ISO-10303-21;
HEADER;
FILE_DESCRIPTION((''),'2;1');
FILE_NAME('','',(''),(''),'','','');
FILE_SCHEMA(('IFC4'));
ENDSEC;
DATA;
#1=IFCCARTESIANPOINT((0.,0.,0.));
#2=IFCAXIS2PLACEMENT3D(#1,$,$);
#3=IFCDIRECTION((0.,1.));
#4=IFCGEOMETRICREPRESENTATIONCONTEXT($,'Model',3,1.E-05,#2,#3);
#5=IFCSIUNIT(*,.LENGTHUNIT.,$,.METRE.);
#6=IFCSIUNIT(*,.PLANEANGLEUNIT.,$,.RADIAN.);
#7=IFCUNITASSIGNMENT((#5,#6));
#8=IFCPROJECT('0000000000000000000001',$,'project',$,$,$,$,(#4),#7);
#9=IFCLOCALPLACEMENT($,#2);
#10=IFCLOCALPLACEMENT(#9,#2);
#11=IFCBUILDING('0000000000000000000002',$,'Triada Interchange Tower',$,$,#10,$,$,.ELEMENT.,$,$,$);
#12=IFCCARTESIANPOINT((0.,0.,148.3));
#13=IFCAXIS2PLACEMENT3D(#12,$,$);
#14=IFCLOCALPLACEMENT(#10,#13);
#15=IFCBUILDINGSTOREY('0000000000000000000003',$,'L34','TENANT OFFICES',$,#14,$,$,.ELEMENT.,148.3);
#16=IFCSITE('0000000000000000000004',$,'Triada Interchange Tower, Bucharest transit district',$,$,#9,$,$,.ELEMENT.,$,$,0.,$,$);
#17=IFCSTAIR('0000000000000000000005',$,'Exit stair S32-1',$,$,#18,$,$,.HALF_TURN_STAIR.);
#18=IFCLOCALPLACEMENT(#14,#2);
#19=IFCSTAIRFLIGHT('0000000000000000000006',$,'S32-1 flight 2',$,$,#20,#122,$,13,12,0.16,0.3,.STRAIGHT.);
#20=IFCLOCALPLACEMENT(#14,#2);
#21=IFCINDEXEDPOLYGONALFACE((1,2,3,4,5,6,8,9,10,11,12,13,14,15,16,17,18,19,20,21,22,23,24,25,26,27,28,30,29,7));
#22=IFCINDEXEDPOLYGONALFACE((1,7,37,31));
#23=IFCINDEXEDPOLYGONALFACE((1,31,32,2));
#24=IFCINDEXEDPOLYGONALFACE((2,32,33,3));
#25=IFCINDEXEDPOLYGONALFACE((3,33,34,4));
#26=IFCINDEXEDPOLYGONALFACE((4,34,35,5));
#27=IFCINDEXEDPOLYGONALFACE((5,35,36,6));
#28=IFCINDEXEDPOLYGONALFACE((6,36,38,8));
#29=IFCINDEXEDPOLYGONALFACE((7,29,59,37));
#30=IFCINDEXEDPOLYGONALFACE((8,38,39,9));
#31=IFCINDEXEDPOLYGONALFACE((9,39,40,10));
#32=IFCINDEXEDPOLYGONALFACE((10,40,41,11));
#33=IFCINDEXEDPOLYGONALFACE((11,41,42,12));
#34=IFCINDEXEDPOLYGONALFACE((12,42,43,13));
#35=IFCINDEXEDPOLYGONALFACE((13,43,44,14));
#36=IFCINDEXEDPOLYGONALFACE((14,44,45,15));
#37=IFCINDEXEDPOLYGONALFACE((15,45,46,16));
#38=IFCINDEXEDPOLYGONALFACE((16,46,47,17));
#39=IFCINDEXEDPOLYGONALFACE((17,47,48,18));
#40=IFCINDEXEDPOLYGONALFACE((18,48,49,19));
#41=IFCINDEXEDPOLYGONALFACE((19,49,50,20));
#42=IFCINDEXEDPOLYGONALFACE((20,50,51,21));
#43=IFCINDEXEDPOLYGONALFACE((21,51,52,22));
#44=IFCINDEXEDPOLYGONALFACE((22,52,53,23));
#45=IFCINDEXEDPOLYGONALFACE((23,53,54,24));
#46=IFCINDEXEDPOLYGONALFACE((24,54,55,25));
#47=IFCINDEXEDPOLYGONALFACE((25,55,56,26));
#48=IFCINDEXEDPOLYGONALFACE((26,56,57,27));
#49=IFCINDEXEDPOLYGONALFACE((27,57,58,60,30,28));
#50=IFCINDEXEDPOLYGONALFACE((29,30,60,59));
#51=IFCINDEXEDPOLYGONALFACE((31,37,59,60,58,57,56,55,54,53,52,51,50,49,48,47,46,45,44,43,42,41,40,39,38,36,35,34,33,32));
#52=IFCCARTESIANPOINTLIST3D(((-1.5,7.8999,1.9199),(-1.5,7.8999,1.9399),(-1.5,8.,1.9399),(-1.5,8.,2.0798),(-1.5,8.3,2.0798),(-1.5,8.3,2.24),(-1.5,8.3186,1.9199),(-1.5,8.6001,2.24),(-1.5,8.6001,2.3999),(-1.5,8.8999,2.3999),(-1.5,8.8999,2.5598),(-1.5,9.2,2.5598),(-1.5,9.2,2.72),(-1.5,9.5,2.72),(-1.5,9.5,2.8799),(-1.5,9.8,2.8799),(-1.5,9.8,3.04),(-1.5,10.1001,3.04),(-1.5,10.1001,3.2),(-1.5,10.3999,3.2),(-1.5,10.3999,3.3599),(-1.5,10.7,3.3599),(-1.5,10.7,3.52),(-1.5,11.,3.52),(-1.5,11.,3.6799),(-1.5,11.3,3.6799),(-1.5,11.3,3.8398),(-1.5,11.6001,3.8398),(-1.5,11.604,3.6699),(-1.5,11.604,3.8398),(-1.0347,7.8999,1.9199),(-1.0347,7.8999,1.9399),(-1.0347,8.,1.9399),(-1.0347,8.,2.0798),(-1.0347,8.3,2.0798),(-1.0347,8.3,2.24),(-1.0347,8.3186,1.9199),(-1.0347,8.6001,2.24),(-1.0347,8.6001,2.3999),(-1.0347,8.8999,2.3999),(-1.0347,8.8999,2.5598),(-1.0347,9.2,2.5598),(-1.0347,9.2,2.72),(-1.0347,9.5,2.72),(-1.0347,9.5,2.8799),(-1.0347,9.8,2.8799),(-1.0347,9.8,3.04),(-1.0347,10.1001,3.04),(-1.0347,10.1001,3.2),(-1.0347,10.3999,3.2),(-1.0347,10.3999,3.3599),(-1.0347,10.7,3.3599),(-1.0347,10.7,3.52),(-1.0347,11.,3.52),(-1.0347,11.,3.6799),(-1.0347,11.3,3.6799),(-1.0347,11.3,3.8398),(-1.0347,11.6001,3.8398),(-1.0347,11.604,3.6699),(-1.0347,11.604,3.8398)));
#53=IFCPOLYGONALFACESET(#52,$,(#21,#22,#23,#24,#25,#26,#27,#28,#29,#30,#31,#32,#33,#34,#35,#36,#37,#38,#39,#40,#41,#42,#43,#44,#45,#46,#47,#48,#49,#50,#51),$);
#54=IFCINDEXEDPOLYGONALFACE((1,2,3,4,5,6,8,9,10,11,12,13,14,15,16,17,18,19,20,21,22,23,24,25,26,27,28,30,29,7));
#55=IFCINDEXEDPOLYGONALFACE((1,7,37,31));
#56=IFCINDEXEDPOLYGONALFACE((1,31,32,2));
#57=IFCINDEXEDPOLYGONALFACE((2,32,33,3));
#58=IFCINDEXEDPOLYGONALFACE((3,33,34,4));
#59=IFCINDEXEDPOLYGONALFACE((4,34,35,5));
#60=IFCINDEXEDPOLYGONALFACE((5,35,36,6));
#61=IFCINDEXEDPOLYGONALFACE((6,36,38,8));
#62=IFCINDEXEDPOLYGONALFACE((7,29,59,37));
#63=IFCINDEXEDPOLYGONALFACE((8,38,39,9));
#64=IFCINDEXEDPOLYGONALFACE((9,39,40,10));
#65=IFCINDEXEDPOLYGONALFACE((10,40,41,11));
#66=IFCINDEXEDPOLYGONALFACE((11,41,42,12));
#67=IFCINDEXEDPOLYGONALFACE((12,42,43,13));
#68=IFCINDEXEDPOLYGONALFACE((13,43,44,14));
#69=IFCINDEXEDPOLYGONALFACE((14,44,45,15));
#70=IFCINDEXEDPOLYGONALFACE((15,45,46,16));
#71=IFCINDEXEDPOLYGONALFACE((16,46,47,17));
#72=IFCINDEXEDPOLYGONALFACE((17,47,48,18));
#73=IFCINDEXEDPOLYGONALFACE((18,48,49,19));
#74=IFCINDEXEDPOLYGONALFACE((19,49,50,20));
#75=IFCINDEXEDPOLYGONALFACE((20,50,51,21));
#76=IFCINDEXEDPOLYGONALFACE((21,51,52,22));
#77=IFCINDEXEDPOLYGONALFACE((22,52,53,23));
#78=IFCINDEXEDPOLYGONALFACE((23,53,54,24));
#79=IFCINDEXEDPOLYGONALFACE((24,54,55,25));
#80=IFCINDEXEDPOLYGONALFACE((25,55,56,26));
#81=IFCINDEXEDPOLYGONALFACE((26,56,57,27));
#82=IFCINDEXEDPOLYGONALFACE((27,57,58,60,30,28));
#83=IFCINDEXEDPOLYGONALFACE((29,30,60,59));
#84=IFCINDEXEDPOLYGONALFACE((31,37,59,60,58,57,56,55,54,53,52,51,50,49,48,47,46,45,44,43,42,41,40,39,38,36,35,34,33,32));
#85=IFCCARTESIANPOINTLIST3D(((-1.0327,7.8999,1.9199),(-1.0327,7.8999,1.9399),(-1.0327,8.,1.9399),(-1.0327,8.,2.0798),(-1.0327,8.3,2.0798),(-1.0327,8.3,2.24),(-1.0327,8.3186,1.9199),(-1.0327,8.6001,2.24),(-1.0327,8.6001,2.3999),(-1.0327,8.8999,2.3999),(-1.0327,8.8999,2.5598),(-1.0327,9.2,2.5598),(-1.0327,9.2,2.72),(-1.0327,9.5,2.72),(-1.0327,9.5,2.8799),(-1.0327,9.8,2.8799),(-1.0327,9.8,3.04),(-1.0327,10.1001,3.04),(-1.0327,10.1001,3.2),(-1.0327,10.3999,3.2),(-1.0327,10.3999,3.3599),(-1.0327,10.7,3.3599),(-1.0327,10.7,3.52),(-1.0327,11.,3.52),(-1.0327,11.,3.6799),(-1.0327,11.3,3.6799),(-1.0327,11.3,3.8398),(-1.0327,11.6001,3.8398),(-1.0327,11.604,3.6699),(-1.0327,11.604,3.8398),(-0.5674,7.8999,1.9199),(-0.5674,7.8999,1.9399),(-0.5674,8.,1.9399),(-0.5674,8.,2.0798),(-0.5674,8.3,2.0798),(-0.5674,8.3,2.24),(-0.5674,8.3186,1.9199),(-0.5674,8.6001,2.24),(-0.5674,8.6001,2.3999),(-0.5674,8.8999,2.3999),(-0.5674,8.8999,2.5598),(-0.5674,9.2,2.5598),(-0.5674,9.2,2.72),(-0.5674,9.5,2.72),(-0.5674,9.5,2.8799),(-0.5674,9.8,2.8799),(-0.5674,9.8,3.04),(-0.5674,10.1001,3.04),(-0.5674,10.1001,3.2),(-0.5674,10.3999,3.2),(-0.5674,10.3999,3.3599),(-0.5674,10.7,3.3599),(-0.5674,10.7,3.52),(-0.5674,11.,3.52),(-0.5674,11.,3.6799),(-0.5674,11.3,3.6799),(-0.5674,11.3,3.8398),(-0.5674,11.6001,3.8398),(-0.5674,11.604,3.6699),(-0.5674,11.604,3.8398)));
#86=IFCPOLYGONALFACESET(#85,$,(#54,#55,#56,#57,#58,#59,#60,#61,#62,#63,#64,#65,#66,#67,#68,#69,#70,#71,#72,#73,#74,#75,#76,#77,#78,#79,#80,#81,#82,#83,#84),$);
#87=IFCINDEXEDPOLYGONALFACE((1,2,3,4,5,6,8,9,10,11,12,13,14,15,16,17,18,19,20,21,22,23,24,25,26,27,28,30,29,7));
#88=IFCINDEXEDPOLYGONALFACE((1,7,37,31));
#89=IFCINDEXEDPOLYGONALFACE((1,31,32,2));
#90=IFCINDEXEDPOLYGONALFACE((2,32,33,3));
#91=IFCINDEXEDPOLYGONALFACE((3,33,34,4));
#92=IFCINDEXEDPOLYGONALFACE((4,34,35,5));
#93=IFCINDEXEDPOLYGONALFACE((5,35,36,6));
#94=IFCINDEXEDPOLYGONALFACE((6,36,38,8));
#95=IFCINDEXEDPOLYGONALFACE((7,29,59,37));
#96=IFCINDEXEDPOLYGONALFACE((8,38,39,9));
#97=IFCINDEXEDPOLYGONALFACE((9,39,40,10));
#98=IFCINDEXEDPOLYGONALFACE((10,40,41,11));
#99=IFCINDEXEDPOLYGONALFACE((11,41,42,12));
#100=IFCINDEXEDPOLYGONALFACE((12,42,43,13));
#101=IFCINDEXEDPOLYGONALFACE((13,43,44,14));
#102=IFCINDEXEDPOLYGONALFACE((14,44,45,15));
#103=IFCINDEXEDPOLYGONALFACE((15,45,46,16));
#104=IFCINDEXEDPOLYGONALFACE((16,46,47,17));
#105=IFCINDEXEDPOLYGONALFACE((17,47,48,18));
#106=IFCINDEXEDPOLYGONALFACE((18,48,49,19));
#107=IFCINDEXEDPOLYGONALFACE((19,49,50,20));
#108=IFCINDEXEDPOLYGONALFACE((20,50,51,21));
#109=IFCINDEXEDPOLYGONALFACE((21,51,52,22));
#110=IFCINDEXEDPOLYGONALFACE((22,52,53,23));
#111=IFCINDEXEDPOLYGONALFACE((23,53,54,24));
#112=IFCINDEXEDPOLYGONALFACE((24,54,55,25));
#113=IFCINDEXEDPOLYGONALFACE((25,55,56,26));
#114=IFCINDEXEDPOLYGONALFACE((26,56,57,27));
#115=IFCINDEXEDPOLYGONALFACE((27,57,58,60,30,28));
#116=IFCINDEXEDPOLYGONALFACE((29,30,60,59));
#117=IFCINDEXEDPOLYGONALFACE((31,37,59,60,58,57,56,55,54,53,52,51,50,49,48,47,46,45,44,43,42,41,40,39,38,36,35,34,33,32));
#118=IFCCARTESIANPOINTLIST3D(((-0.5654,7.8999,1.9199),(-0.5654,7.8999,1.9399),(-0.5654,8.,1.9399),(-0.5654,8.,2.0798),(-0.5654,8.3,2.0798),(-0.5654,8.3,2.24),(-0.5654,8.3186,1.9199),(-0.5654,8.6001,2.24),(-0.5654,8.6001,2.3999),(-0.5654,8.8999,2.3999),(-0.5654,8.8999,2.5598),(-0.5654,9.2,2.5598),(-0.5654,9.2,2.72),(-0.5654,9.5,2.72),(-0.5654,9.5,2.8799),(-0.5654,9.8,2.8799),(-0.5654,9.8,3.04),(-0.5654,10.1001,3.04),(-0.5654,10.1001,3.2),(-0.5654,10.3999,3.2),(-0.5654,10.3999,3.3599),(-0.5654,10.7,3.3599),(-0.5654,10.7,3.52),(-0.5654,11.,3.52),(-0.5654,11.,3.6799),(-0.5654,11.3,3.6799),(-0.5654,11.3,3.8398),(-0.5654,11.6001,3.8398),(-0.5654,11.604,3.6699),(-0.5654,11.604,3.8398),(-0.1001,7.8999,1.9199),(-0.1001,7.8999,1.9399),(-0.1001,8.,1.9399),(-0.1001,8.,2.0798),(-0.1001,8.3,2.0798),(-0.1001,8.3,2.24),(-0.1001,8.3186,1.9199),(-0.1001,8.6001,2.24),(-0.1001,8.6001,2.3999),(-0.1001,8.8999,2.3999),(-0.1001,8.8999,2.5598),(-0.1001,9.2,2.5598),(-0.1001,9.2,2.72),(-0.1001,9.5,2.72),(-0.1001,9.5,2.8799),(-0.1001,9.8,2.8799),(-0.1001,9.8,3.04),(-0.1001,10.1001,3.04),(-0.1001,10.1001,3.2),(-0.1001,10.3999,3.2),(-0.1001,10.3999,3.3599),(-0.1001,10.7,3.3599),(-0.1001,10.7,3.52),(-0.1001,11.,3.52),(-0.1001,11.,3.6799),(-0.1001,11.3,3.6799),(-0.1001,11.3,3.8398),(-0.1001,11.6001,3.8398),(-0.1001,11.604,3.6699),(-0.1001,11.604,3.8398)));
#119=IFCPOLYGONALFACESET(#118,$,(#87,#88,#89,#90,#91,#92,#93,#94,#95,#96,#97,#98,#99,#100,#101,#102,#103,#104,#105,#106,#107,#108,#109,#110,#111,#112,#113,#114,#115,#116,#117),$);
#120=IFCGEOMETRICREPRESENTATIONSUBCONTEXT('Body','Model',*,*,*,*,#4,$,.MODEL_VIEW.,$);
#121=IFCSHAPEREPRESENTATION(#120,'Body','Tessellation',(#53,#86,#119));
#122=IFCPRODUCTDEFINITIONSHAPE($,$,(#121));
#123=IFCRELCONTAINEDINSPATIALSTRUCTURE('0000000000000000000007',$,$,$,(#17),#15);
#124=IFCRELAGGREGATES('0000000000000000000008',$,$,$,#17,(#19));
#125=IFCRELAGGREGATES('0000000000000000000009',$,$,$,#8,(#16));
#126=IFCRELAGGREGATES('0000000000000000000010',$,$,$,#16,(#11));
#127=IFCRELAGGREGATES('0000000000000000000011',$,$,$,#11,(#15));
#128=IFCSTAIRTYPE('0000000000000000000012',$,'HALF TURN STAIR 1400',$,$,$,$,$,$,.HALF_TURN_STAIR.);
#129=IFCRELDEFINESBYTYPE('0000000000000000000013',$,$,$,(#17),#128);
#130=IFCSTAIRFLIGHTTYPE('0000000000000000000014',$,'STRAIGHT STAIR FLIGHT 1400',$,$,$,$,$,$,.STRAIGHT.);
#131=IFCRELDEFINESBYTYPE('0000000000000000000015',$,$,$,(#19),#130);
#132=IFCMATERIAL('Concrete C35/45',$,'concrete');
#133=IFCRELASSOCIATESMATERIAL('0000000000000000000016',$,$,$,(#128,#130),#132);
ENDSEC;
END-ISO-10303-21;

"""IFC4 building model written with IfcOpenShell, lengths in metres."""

from ifc_helpers import new_model, si_unit, direction, frame, origin, place, context, subcontext, project, spatial, polyline, outline, extrude, material, type_object, element, aggregate, save


model = new_model("IFC4")

# Units and contexts
model_context = context("Model", 3, precision=1e-05, world=origin(), true_north=direction((0.0, 1.0)))
body_context = subcontext(model_context, "Body", "Model", "MODEL_VIEW")
ifc_project = project(units=[si_unit("LENGTHUNIT", "METRE"), si_unit("PLANEANGLEUNIT", "RADIAN")], contexts=[model_context])

# Site, building, storey
site_placement = place(None, origin())
site = spatial("IfcSite", under=ifc_project, at=site_placement, Name="Triada Interchange Tower, Bucharest transit district", CompositionType="ELEMENT", RefElevation=0.0)
building_placement = place(site_placement, origin())
building = spatial("IfcBuilding", under=site, at=building_placement, Name="Triada Interchange Tower", CompositionType="ELEMENT")
storey_placement = place(building_placement, frame((0.0, 0.0, 148.3)))
storey = spatial("IfcBuildingStorey", under=building, at=storey_placement, Name="L34", Description="TENANT OFFICES", CompositionType="ELEMENT", Elevation=148.3)

# Stair, stair flight
ifc_material_1 = material(Name="Concrete C35/45", Category="concrete")
stair_type = type_object("IfcStairType", Name="HALF TURN STAIR 1400", PredefinedType="HALF_TURN_STAIR", material=ifc_material_1)
stair_placement = place(storey_placement, origin())
stair = element("IfcStair", 1, at=stair_placement, inside=storey, type_object=stair_type, Name="Exit stair S32-1", PredefinedType="HALF_TURN_STAIR")
stair_flight_type = type_object("IfcStairFlightType", Name="STRAIGHT STAIR FLIGHT 1400", PredefinedType="STRAIGHT", material=ifc_material_1)
stair_flight_placement = place(storey_placement, frame((-0.8, 8.0, 1.9199), z_axis=(0.0, 0.0, 1.0), x_axis=(0.0, 1.0, 0.0)))
stair_flight = element("IfcStairFlight", 2, at=stair_flight_placement, type_object=stair_flight_type, Name="S32-1 flight 2", NumberOfRisers=13, NumberOfTreads=12, PredefinedType="STRAIGHT", RiserHeight=0.16, TreadLength=0.3, context=body_context, shape_type="SweptSolid", body=[
    extrude(outline(polyline([(-0.1001, 0.0), (-0.1001, 0.02), (0.0, 0.02), (0.0, 0.1599), (0.3, 0.1599), (0.3, 0.3201), (0.6001, 0.3201), (0.6001, 0.48), (0.8999, 0.48), (0.8999, 0.6399), (1.2, 0.6399), (1.2, 0.8), (1.5, 0.8), (1.5, 0.96), (1.8, 0.96), (1.8, 1.1201), (2.1001, 1.1201), (2.1001, 1.28), (2.3999, 1.28), (2.3999, 1.4399), (2.7, 1.4399), (2.7, 1.6001), (3.0, 1.6001), (3.0, 1.76), (3.3, 1.76), (3.3, 1.9199), (3.6001, 1.9199), (3.604, 1.9199), (3.604, 2.0801), (3.604, 1.75), (0.3186, 0.0), (-0.1001, 0.0)])), frame((0.0, 0.7, 0.0), z_axis=(0.0, -1.0, 0.0), x_axis=(1.0, 0.0, 0.0)), (0.0, 0.0, 1.0), 0.4653),
    extrude(outline(polyline([(-0.1001, 0.0), (-0.1001, 0.02), (0.0, 0.02), (0.0, 0.1599), (0.3, 0.1599), (0.3, 0.3201), (0.6001, 0.3201), (0.6001, 0.48), (0.8999, 0.48), (0.8999, 0.6399), (1.2, 0.6399), (1.2, 0.8), (1.5, 0.8), (1.5, 0.96), (1.8, 0.96), (1.8, 1.1201), (2.1001, 1.1201), (2.1001, 1.28), (2.3999, 1.28), (2.3999, 1.4399), (2.7, 1.4399), (2.7, 1.6001), (3.0, 1.6001), (3.0, 1.76), (3.3, 1.76), (3.3, 1.9199), (3.6001, 1.9199), (3.604, 1.9199), (3.604, 2.0801), (3.604, 1.75), (0.3186, 0.0), (-0.1001, 0.0)])), frame((0.0, 0.2327, 0.0), z_axis=(0.0, -1.0, 0.0), x_axis=(1.0, 0.0, 0.0)), (0.0, 0.0, 1.0), 0.4653),
    extrude(outline(polyline([(-0.1001, 0.0), (-0.1001, 0.02), (0.0, 0.02), (0.0, 0.1599), (0.3, 0.1599), (0.3, 0.3201), (0.6001, 0.3201), (0.6001, 0.48), (0.8999, 0.48), (0.8999, 0.6399), (1.2, 0.6399), (1.2, 0.8), (1.5, 0.8), (1.5, 0.96), (1.8, 0.96), (1.8, 1.1201), (2.1001, 1.1201), (2.1001, 1.28), (2.3999, 1.28), (2.3999, 1.4399), (2.7, 1.4399), (2.7, 1.6001), (3.0, 1.6001), (3.0, 1.76), (3.3, 1.76), (3.3, 1.9199), (3.6001, 1.9199), (3.604, 1.9199), (3.604, 2.0801), (3.604, 1.75), (0.3186, 0.0), (-0.1001, 0.0)])), frame((0.0, -0.2346, 0.0), z_axis=(0.0, -1.0, 0.0), x_axis=(1.0, 0.0, 0.0)), (0.0, 0.0, 1.0), 0.4653),
])
aggregate(stair, [stair_flight])

save(model, "model.ifc")
